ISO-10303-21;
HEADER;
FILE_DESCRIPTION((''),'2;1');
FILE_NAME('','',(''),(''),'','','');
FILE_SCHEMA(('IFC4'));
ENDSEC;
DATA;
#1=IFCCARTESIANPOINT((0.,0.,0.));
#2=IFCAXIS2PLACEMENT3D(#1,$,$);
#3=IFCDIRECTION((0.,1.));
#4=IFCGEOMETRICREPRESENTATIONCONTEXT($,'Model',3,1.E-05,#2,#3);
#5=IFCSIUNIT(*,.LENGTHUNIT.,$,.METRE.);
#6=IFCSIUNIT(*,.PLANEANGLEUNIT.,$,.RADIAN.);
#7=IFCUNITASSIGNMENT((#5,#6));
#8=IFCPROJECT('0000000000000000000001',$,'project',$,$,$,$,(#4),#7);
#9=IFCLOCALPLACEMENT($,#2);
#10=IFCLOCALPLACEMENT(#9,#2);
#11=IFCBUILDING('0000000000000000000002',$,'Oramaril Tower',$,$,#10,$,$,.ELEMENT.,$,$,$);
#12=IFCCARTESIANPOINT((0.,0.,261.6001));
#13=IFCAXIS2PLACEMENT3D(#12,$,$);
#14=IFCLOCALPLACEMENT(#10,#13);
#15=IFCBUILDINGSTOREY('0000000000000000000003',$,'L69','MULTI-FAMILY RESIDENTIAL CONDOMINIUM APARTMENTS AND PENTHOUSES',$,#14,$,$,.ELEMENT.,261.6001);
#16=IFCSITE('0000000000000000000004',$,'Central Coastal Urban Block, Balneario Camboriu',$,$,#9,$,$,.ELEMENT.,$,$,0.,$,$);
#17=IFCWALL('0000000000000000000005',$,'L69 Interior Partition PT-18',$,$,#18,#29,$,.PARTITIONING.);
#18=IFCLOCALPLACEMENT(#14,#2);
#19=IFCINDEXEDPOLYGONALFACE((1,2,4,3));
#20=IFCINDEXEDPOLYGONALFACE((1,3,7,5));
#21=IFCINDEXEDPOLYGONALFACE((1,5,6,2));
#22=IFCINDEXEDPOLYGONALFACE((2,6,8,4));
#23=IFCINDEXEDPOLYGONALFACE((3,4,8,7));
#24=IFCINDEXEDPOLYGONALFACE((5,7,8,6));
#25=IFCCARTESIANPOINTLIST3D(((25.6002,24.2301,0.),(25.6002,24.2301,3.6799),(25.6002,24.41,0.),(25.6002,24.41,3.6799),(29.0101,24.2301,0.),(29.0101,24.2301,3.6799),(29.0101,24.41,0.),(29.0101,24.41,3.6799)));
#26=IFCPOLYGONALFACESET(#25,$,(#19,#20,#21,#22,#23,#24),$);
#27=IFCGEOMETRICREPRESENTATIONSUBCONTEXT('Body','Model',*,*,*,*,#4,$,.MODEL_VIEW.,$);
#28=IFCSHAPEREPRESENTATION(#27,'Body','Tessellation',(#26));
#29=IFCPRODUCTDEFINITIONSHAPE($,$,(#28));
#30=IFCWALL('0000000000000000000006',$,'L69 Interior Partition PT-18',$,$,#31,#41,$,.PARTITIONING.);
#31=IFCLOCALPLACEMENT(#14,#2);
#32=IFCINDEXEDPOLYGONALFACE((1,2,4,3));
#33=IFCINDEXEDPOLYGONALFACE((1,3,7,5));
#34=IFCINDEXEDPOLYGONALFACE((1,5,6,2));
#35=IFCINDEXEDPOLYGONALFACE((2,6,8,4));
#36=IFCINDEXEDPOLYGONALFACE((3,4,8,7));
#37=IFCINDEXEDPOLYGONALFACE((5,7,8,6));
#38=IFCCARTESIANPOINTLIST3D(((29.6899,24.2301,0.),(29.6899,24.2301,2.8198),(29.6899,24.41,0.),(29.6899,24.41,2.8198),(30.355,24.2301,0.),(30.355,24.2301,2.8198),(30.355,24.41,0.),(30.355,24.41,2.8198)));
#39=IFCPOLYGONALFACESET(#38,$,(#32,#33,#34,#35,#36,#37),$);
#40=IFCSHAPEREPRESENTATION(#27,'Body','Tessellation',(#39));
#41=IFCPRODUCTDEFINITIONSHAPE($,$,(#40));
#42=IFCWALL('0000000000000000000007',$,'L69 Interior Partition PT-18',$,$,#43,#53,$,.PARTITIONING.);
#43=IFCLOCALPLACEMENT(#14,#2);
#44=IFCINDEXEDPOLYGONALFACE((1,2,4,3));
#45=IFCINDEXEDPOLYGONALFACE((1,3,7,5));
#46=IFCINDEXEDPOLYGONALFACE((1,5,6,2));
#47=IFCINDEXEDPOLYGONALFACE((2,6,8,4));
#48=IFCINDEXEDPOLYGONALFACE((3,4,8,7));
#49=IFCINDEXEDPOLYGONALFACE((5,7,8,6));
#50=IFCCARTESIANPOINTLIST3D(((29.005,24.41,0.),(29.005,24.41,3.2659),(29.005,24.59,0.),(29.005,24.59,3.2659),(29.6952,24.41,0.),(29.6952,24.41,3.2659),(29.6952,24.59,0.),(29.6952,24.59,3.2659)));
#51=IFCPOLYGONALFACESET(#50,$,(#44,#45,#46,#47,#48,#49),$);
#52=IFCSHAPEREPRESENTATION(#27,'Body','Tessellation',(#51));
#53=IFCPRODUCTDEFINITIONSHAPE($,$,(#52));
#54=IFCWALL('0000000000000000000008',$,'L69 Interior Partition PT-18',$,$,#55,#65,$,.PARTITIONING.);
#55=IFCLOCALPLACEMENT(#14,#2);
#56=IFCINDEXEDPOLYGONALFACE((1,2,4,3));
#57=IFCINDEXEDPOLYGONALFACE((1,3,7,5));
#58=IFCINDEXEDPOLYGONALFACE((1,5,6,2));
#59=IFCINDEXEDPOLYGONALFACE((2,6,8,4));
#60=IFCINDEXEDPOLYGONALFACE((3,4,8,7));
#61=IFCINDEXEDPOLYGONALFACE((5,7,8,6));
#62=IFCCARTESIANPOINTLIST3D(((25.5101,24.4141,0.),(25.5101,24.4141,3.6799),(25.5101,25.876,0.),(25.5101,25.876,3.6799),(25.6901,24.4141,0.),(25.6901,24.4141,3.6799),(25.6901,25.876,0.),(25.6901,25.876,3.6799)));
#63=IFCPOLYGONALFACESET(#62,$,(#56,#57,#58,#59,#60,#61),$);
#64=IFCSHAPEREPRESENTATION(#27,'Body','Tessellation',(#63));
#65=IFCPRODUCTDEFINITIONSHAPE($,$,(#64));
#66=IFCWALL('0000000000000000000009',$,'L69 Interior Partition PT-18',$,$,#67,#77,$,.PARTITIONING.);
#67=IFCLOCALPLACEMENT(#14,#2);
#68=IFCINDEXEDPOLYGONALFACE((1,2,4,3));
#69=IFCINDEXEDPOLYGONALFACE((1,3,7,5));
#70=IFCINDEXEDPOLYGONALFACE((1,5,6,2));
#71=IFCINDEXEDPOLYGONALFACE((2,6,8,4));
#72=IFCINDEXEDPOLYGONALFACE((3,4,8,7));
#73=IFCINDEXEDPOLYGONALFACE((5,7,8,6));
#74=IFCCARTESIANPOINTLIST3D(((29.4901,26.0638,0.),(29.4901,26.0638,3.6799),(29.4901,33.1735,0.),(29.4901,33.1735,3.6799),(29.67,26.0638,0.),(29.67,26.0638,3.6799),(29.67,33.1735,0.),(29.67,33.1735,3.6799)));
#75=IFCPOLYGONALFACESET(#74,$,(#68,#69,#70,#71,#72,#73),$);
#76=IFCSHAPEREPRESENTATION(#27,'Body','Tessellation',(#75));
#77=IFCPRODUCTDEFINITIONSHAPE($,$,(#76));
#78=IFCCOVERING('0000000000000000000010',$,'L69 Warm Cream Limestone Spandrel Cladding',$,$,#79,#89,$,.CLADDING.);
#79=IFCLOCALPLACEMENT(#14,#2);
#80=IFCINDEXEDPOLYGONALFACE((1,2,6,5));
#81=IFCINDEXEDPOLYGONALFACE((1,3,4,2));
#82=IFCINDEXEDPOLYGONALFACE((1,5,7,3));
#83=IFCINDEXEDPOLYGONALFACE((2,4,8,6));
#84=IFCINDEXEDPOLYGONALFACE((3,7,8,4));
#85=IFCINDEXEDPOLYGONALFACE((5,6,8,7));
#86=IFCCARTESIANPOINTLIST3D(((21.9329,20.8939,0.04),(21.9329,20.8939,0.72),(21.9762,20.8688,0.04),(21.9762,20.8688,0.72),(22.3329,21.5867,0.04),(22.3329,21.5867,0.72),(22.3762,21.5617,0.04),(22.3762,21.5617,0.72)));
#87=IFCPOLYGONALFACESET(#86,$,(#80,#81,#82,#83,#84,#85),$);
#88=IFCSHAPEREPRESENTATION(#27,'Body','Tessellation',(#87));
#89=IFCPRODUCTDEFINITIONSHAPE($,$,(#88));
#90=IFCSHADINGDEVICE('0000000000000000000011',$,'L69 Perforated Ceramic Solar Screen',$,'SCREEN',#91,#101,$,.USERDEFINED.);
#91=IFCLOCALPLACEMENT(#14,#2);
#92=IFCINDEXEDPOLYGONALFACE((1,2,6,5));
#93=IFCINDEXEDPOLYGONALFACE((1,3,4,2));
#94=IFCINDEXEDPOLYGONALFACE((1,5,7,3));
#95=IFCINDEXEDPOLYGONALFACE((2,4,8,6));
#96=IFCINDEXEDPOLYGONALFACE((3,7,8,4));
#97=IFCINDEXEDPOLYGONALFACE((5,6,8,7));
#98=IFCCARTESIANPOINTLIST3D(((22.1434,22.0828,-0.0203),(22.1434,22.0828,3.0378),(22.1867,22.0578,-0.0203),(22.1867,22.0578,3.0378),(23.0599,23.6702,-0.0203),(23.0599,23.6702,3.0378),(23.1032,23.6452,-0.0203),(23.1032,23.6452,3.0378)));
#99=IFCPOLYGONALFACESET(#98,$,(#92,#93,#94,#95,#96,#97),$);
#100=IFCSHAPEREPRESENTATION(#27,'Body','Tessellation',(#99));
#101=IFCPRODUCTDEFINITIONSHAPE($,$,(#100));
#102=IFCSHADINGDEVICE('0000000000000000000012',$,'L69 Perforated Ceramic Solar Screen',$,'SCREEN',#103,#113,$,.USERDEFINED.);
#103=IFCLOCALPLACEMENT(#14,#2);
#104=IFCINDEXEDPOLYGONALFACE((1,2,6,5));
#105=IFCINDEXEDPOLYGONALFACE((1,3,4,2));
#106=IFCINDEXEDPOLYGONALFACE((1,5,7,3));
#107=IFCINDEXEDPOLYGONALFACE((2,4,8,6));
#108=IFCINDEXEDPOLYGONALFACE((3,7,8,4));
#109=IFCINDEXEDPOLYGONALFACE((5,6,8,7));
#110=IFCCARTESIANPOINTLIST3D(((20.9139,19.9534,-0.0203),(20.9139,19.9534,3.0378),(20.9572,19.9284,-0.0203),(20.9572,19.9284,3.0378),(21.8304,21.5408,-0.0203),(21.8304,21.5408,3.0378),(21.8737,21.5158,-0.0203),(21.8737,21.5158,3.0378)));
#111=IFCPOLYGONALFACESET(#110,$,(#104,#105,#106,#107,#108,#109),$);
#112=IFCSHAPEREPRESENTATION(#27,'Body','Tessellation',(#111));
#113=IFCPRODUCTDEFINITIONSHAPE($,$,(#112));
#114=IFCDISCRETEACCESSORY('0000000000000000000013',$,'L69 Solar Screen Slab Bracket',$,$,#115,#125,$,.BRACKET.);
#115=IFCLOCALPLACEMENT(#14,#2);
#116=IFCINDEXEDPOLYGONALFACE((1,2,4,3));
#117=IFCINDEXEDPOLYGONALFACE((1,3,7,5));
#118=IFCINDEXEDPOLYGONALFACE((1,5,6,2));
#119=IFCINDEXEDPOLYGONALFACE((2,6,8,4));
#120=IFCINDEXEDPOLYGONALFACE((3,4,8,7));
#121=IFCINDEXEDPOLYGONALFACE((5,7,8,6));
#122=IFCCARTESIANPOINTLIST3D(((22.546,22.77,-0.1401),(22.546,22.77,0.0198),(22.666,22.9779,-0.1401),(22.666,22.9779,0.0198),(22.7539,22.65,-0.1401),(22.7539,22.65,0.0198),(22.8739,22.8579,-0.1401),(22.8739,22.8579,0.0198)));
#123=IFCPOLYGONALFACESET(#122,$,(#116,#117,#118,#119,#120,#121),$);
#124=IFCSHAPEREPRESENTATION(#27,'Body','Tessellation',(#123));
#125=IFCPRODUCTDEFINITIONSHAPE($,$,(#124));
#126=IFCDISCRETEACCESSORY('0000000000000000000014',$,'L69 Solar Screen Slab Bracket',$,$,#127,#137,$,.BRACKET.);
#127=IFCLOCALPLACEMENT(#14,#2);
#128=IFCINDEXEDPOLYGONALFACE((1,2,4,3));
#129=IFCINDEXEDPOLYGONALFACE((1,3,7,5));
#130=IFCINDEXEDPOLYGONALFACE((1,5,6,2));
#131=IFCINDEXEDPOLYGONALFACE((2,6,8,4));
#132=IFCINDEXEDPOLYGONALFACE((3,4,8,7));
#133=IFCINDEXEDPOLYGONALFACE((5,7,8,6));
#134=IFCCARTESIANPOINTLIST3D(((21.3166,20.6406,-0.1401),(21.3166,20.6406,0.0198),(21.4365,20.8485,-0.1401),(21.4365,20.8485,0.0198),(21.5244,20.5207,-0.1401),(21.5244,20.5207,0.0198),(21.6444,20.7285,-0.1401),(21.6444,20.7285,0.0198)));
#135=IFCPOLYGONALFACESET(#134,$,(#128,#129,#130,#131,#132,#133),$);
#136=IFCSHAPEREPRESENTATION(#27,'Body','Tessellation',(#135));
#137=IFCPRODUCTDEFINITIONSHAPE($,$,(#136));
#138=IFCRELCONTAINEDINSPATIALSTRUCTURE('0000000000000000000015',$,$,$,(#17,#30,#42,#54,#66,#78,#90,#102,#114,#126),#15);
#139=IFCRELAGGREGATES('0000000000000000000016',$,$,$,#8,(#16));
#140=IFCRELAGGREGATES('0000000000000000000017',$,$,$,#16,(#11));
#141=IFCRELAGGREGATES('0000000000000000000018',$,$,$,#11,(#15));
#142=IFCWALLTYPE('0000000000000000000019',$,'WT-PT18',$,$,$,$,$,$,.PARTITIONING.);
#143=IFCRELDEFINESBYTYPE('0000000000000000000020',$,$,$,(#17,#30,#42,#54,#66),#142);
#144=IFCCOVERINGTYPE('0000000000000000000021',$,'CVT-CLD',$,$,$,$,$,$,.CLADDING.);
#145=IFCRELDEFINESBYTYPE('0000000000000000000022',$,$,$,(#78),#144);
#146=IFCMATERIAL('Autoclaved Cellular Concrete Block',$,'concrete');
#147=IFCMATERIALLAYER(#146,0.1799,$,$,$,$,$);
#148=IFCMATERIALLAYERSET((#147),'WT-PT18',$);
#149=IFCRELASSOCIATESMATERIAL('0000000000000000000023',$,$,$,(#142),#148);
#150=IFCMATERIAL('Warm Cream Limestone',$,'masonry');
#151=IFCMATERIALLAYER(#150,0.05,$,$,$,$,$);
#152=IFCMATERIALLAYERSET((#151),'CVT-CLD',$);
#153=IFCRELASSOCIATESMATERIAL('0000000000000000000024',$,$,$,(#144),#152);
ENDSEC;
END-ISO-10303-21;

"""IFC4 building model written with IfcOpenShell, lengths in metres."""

from ifc_helpers import new_model, si_unit, direction, frame, frame_2d, origin, origin_2d, place, context, subcontext, project, spatial, rectangle, extrude, material, layer, layer_set, type_object, element, save


model = new_model("IFC4")

# Units and contexts
model_context = context("Model", 3, precision=1e-05, world=origin(), true_north=direction((0.0, 1.0)))
body_context = subcontext(model_context, "Body", "Model", "MODEL_VIEW")
ifc_project = project(units=[si_unit("LENGTHUNIT", "METRE"), si_unit("PLANEANGLEUNIT", "RADIAN")], contexts=[model_context])

# Site, building, storey
site_placement = place(None, origin())
site = spatial("IfcSite", under=ifc_project, at=site_placement, Name="Central Coastal Urban Block, Balneario Camboriu", CompositionType="ELEMENT", RefElevation=0.0)
building_placement = place(site_placement, origin())
building = spatial("IfcBuilding", under=site, at=building_placement, Name="Oramaril Tower", CompositionType="ELEMENT")
storey_placement = place(building_placement, frame((0.0, 0.0, 261.6001)))
storey = spatial("IfcBuildingStorey", under=building, at=storey_placement, Name="L69", Description="MULTI-FAMILY RESIDENTIAL CONDOMINIUM APARTMENTS AND PENTHOUSES", CompositionType="ELEMENT", Elevation=261.6001)

# Walls
ifc_material_1 = material(Name="Autoclaved Cellular Concrete Block", Category="concrete")
ifc_layer_1 = layer(ifc_material_1, 0.1799)
ifc_layer_set_1 = layer_set([ifc_layer_1], Name="WT-PT18")
wall_type_1 = type_object("IfcWallType", Name="WT-PT18", PredefinedType="PARTITIONING", material=ifc_layer_set_1)
wall_1_placement = place(storey_placement, frame((25.6001, 24.3201, 0.0), z_axis=(0.0, 0.0, 1.0), x_axis=(1.0, 0.0, 0.0)))
element("IfcWall", 1, at=wall_1_placement, inside=storey, type_object=wall_type_1, Name="L69 Interior Partition PT-18", PredefinedType="PARTITIONING", context=body_context, shape_type="SweptSolid", body=[
    extrude(rectangle(XDim=3.4099, YDim=0.1799, at=frame_2d((1.7051, 0.0))), origin(), (0.0, 0.0, 1.0), 3.6799),
])
wall_2_placement = place(storey_placement, frame((29.6899, 24.3201, 0.0), z_axis=(0.0, 0.0, 1.0), x_axis=(1.0, 0.0, 0.0)))
element("IfcWall", 2, at=wall_2_placement, inside=storey, type_object=wall_type_1, Name="L69 Interior Partition PT-18", PredefinedType="PARTITIONING", context=body_context, shape_type="SweptSolid", body=[
    extrude(rectangle(XDim=0.665, YDim=0.1799, at=frame_2d((0.3325, 0.0))), origin(), (0.0, 0.0, 1.0), 2.8198),
])
wall_3_placement = place(storey_placement, frame((29.0049, 24.5, 0.0), z_axis=(0.0, 0.0, 1.0), x_axis=(1.0, 0.0, 0.0)))
element("IfcWall", 3, at=wall_3_placement, inside=storey, type_object=wall_type_1, Name="L69 Interior Partition PT-18", PredefinedType="PARTITIONING", context=body_context, shape_type="SweptSolid", body=[
    extrude(rectangle(XDim=0.6902, YDim=0.1799, at=frame_2d((0.3452, 0.0))), origin(), (0.0, 0.0, 1.0), 3.2659),
])

# Walls
wall_4_placement = place(storey_placement, frame((25.6001, 24.4141, 0.0), z_axis=(0.0, 0.0, 1.0), x_axis=(0.0, 1.0, 0.0)))
element("IfcWall", 4, at=wall_4_placement, inside=storey, type_object=wall_type_1, Name="L69 Interior Partition PT-18", PredefinedType="PARTITIONING", context=body_context, shape_type="SweptSolid", body=[
    extrude(rectangle(XDim=1.4619, YDim=0.1799, at=frame_2d((0.731, 0.0))), origin(), (0.0, 0.0, 1.0), 3.6799),
])
wall_5_placement = place(storey_placement, frame((29.5801, 26.064, 0.0), z_axis=(0.0, 0.0, 1.0), x_axis=(0.0, 1.0, 0.0)))
element("IfcWall", 5, at=wall_5_placement, inside=storey, type_object=wall_type_1, Name="L69 Interior Partition PT-18", PredefinedType="PARTITIONING", context=body_context, shape_type="SweptSolid", body=[
    extrude(rectangle(XDim=7.1096, YDim=0.1799, at=frame_2d((3.5547, 0.0))), origin(), (0.0, 0.0, 1.0), 3.6799),
])

# Covering
ifc_material_2 = material(Name="Warm Cream Limestone", Category="masonry")
ifc_layer_2 = layer(ifc_material_2, 0.05)
ifc_layer_set_2 = layer_set([ifc_layer_2], Name="CVT-CLD")
covering_type = type_object("IfcCoveringType", Name="CVT-CLD", PredefinedType="CLADDING", material=ifc_layer_set_2)
covering_placement = place(storey_placement, frame((22.1545, 21.2278, 0.04), z_axis=(0.0, 0.0, 1.0), x_axis=(-0.5, -0.866025, 0.0)))
element("IfcCovering", 6, at=covering_placement, inside=storey, type_object=covering_type, Name="L69 Warm Cream Limestone Spandrel Cladding", PredefinedType="CLADDING", context=body_context, shape_type="SweptSolid", body=[
    extrude(rectangle(XDim=0.8, YDim=0.05, at=origin_2d()), origin(), (0.0, 0.0, 1.0), 0.6799),
])

# Shading devices
for number, where, z_axis, x_axis, name in (
    (7, (22.6233, 22.864, -0.0203), (0.0, 0.0, 1.0), (-0.5, -0.866025, 0.0), "L69 Perforated Ceramic Solar Screen"),
    (8, (21.3938, 20.7346, -0.0203), (0.0, 0.0, 1.0), (-0.5, -0.866025, 0.0), "L69 Perforated Ceramic Solar Screen"),
):
    element("IfcShadingDevice", number, at=place(storey_placement, frame(where, z_axis=z_axis, x_axis=x_axis)), inside=storey, Name=name, ObjectType="SCREEN", PredefinedType="USERDEFINED", context=body_context, shape_type="SweptSolid", body=[
        extrude(rectangle(XDim=1.833, YDim=0.05, at=origin_2d()), origin(), (0.0, 0.0, 1.0), 3.0581),
    ])

# Discrete accessories
for number, where, z_axis, x_axis, name in (
    (9, (22.71, 22.814, -0.1401), (0.0, 0.0, 1.0), (-0.5, -0.866025, 0.0), "L69 Solar Screen Slab Bracket"),
    (10, (21.4805, 20.6846, -0.1401), (0.0, 0.0, 1.0), (-0.5, -0.866025, 0.0), "L69 Solar Screen Slab Bracket"),
):
    element("IfcDiscreteAccessory", number, at=place(storey_placement, frame(where, z_axis=z_axis, x_axis=x_axis)), inside=storey, Name=name, PredefinedType="BRACKET", context=body_context, shape_type="SweptSolid", body=[
        extrude(rectangle(XDim=0.24, YDim=0.24, at=origin_2d()), origin(), (0.0, 0.0, 1.0), 0.1599),
    ])

save(model, "model.ifc")
